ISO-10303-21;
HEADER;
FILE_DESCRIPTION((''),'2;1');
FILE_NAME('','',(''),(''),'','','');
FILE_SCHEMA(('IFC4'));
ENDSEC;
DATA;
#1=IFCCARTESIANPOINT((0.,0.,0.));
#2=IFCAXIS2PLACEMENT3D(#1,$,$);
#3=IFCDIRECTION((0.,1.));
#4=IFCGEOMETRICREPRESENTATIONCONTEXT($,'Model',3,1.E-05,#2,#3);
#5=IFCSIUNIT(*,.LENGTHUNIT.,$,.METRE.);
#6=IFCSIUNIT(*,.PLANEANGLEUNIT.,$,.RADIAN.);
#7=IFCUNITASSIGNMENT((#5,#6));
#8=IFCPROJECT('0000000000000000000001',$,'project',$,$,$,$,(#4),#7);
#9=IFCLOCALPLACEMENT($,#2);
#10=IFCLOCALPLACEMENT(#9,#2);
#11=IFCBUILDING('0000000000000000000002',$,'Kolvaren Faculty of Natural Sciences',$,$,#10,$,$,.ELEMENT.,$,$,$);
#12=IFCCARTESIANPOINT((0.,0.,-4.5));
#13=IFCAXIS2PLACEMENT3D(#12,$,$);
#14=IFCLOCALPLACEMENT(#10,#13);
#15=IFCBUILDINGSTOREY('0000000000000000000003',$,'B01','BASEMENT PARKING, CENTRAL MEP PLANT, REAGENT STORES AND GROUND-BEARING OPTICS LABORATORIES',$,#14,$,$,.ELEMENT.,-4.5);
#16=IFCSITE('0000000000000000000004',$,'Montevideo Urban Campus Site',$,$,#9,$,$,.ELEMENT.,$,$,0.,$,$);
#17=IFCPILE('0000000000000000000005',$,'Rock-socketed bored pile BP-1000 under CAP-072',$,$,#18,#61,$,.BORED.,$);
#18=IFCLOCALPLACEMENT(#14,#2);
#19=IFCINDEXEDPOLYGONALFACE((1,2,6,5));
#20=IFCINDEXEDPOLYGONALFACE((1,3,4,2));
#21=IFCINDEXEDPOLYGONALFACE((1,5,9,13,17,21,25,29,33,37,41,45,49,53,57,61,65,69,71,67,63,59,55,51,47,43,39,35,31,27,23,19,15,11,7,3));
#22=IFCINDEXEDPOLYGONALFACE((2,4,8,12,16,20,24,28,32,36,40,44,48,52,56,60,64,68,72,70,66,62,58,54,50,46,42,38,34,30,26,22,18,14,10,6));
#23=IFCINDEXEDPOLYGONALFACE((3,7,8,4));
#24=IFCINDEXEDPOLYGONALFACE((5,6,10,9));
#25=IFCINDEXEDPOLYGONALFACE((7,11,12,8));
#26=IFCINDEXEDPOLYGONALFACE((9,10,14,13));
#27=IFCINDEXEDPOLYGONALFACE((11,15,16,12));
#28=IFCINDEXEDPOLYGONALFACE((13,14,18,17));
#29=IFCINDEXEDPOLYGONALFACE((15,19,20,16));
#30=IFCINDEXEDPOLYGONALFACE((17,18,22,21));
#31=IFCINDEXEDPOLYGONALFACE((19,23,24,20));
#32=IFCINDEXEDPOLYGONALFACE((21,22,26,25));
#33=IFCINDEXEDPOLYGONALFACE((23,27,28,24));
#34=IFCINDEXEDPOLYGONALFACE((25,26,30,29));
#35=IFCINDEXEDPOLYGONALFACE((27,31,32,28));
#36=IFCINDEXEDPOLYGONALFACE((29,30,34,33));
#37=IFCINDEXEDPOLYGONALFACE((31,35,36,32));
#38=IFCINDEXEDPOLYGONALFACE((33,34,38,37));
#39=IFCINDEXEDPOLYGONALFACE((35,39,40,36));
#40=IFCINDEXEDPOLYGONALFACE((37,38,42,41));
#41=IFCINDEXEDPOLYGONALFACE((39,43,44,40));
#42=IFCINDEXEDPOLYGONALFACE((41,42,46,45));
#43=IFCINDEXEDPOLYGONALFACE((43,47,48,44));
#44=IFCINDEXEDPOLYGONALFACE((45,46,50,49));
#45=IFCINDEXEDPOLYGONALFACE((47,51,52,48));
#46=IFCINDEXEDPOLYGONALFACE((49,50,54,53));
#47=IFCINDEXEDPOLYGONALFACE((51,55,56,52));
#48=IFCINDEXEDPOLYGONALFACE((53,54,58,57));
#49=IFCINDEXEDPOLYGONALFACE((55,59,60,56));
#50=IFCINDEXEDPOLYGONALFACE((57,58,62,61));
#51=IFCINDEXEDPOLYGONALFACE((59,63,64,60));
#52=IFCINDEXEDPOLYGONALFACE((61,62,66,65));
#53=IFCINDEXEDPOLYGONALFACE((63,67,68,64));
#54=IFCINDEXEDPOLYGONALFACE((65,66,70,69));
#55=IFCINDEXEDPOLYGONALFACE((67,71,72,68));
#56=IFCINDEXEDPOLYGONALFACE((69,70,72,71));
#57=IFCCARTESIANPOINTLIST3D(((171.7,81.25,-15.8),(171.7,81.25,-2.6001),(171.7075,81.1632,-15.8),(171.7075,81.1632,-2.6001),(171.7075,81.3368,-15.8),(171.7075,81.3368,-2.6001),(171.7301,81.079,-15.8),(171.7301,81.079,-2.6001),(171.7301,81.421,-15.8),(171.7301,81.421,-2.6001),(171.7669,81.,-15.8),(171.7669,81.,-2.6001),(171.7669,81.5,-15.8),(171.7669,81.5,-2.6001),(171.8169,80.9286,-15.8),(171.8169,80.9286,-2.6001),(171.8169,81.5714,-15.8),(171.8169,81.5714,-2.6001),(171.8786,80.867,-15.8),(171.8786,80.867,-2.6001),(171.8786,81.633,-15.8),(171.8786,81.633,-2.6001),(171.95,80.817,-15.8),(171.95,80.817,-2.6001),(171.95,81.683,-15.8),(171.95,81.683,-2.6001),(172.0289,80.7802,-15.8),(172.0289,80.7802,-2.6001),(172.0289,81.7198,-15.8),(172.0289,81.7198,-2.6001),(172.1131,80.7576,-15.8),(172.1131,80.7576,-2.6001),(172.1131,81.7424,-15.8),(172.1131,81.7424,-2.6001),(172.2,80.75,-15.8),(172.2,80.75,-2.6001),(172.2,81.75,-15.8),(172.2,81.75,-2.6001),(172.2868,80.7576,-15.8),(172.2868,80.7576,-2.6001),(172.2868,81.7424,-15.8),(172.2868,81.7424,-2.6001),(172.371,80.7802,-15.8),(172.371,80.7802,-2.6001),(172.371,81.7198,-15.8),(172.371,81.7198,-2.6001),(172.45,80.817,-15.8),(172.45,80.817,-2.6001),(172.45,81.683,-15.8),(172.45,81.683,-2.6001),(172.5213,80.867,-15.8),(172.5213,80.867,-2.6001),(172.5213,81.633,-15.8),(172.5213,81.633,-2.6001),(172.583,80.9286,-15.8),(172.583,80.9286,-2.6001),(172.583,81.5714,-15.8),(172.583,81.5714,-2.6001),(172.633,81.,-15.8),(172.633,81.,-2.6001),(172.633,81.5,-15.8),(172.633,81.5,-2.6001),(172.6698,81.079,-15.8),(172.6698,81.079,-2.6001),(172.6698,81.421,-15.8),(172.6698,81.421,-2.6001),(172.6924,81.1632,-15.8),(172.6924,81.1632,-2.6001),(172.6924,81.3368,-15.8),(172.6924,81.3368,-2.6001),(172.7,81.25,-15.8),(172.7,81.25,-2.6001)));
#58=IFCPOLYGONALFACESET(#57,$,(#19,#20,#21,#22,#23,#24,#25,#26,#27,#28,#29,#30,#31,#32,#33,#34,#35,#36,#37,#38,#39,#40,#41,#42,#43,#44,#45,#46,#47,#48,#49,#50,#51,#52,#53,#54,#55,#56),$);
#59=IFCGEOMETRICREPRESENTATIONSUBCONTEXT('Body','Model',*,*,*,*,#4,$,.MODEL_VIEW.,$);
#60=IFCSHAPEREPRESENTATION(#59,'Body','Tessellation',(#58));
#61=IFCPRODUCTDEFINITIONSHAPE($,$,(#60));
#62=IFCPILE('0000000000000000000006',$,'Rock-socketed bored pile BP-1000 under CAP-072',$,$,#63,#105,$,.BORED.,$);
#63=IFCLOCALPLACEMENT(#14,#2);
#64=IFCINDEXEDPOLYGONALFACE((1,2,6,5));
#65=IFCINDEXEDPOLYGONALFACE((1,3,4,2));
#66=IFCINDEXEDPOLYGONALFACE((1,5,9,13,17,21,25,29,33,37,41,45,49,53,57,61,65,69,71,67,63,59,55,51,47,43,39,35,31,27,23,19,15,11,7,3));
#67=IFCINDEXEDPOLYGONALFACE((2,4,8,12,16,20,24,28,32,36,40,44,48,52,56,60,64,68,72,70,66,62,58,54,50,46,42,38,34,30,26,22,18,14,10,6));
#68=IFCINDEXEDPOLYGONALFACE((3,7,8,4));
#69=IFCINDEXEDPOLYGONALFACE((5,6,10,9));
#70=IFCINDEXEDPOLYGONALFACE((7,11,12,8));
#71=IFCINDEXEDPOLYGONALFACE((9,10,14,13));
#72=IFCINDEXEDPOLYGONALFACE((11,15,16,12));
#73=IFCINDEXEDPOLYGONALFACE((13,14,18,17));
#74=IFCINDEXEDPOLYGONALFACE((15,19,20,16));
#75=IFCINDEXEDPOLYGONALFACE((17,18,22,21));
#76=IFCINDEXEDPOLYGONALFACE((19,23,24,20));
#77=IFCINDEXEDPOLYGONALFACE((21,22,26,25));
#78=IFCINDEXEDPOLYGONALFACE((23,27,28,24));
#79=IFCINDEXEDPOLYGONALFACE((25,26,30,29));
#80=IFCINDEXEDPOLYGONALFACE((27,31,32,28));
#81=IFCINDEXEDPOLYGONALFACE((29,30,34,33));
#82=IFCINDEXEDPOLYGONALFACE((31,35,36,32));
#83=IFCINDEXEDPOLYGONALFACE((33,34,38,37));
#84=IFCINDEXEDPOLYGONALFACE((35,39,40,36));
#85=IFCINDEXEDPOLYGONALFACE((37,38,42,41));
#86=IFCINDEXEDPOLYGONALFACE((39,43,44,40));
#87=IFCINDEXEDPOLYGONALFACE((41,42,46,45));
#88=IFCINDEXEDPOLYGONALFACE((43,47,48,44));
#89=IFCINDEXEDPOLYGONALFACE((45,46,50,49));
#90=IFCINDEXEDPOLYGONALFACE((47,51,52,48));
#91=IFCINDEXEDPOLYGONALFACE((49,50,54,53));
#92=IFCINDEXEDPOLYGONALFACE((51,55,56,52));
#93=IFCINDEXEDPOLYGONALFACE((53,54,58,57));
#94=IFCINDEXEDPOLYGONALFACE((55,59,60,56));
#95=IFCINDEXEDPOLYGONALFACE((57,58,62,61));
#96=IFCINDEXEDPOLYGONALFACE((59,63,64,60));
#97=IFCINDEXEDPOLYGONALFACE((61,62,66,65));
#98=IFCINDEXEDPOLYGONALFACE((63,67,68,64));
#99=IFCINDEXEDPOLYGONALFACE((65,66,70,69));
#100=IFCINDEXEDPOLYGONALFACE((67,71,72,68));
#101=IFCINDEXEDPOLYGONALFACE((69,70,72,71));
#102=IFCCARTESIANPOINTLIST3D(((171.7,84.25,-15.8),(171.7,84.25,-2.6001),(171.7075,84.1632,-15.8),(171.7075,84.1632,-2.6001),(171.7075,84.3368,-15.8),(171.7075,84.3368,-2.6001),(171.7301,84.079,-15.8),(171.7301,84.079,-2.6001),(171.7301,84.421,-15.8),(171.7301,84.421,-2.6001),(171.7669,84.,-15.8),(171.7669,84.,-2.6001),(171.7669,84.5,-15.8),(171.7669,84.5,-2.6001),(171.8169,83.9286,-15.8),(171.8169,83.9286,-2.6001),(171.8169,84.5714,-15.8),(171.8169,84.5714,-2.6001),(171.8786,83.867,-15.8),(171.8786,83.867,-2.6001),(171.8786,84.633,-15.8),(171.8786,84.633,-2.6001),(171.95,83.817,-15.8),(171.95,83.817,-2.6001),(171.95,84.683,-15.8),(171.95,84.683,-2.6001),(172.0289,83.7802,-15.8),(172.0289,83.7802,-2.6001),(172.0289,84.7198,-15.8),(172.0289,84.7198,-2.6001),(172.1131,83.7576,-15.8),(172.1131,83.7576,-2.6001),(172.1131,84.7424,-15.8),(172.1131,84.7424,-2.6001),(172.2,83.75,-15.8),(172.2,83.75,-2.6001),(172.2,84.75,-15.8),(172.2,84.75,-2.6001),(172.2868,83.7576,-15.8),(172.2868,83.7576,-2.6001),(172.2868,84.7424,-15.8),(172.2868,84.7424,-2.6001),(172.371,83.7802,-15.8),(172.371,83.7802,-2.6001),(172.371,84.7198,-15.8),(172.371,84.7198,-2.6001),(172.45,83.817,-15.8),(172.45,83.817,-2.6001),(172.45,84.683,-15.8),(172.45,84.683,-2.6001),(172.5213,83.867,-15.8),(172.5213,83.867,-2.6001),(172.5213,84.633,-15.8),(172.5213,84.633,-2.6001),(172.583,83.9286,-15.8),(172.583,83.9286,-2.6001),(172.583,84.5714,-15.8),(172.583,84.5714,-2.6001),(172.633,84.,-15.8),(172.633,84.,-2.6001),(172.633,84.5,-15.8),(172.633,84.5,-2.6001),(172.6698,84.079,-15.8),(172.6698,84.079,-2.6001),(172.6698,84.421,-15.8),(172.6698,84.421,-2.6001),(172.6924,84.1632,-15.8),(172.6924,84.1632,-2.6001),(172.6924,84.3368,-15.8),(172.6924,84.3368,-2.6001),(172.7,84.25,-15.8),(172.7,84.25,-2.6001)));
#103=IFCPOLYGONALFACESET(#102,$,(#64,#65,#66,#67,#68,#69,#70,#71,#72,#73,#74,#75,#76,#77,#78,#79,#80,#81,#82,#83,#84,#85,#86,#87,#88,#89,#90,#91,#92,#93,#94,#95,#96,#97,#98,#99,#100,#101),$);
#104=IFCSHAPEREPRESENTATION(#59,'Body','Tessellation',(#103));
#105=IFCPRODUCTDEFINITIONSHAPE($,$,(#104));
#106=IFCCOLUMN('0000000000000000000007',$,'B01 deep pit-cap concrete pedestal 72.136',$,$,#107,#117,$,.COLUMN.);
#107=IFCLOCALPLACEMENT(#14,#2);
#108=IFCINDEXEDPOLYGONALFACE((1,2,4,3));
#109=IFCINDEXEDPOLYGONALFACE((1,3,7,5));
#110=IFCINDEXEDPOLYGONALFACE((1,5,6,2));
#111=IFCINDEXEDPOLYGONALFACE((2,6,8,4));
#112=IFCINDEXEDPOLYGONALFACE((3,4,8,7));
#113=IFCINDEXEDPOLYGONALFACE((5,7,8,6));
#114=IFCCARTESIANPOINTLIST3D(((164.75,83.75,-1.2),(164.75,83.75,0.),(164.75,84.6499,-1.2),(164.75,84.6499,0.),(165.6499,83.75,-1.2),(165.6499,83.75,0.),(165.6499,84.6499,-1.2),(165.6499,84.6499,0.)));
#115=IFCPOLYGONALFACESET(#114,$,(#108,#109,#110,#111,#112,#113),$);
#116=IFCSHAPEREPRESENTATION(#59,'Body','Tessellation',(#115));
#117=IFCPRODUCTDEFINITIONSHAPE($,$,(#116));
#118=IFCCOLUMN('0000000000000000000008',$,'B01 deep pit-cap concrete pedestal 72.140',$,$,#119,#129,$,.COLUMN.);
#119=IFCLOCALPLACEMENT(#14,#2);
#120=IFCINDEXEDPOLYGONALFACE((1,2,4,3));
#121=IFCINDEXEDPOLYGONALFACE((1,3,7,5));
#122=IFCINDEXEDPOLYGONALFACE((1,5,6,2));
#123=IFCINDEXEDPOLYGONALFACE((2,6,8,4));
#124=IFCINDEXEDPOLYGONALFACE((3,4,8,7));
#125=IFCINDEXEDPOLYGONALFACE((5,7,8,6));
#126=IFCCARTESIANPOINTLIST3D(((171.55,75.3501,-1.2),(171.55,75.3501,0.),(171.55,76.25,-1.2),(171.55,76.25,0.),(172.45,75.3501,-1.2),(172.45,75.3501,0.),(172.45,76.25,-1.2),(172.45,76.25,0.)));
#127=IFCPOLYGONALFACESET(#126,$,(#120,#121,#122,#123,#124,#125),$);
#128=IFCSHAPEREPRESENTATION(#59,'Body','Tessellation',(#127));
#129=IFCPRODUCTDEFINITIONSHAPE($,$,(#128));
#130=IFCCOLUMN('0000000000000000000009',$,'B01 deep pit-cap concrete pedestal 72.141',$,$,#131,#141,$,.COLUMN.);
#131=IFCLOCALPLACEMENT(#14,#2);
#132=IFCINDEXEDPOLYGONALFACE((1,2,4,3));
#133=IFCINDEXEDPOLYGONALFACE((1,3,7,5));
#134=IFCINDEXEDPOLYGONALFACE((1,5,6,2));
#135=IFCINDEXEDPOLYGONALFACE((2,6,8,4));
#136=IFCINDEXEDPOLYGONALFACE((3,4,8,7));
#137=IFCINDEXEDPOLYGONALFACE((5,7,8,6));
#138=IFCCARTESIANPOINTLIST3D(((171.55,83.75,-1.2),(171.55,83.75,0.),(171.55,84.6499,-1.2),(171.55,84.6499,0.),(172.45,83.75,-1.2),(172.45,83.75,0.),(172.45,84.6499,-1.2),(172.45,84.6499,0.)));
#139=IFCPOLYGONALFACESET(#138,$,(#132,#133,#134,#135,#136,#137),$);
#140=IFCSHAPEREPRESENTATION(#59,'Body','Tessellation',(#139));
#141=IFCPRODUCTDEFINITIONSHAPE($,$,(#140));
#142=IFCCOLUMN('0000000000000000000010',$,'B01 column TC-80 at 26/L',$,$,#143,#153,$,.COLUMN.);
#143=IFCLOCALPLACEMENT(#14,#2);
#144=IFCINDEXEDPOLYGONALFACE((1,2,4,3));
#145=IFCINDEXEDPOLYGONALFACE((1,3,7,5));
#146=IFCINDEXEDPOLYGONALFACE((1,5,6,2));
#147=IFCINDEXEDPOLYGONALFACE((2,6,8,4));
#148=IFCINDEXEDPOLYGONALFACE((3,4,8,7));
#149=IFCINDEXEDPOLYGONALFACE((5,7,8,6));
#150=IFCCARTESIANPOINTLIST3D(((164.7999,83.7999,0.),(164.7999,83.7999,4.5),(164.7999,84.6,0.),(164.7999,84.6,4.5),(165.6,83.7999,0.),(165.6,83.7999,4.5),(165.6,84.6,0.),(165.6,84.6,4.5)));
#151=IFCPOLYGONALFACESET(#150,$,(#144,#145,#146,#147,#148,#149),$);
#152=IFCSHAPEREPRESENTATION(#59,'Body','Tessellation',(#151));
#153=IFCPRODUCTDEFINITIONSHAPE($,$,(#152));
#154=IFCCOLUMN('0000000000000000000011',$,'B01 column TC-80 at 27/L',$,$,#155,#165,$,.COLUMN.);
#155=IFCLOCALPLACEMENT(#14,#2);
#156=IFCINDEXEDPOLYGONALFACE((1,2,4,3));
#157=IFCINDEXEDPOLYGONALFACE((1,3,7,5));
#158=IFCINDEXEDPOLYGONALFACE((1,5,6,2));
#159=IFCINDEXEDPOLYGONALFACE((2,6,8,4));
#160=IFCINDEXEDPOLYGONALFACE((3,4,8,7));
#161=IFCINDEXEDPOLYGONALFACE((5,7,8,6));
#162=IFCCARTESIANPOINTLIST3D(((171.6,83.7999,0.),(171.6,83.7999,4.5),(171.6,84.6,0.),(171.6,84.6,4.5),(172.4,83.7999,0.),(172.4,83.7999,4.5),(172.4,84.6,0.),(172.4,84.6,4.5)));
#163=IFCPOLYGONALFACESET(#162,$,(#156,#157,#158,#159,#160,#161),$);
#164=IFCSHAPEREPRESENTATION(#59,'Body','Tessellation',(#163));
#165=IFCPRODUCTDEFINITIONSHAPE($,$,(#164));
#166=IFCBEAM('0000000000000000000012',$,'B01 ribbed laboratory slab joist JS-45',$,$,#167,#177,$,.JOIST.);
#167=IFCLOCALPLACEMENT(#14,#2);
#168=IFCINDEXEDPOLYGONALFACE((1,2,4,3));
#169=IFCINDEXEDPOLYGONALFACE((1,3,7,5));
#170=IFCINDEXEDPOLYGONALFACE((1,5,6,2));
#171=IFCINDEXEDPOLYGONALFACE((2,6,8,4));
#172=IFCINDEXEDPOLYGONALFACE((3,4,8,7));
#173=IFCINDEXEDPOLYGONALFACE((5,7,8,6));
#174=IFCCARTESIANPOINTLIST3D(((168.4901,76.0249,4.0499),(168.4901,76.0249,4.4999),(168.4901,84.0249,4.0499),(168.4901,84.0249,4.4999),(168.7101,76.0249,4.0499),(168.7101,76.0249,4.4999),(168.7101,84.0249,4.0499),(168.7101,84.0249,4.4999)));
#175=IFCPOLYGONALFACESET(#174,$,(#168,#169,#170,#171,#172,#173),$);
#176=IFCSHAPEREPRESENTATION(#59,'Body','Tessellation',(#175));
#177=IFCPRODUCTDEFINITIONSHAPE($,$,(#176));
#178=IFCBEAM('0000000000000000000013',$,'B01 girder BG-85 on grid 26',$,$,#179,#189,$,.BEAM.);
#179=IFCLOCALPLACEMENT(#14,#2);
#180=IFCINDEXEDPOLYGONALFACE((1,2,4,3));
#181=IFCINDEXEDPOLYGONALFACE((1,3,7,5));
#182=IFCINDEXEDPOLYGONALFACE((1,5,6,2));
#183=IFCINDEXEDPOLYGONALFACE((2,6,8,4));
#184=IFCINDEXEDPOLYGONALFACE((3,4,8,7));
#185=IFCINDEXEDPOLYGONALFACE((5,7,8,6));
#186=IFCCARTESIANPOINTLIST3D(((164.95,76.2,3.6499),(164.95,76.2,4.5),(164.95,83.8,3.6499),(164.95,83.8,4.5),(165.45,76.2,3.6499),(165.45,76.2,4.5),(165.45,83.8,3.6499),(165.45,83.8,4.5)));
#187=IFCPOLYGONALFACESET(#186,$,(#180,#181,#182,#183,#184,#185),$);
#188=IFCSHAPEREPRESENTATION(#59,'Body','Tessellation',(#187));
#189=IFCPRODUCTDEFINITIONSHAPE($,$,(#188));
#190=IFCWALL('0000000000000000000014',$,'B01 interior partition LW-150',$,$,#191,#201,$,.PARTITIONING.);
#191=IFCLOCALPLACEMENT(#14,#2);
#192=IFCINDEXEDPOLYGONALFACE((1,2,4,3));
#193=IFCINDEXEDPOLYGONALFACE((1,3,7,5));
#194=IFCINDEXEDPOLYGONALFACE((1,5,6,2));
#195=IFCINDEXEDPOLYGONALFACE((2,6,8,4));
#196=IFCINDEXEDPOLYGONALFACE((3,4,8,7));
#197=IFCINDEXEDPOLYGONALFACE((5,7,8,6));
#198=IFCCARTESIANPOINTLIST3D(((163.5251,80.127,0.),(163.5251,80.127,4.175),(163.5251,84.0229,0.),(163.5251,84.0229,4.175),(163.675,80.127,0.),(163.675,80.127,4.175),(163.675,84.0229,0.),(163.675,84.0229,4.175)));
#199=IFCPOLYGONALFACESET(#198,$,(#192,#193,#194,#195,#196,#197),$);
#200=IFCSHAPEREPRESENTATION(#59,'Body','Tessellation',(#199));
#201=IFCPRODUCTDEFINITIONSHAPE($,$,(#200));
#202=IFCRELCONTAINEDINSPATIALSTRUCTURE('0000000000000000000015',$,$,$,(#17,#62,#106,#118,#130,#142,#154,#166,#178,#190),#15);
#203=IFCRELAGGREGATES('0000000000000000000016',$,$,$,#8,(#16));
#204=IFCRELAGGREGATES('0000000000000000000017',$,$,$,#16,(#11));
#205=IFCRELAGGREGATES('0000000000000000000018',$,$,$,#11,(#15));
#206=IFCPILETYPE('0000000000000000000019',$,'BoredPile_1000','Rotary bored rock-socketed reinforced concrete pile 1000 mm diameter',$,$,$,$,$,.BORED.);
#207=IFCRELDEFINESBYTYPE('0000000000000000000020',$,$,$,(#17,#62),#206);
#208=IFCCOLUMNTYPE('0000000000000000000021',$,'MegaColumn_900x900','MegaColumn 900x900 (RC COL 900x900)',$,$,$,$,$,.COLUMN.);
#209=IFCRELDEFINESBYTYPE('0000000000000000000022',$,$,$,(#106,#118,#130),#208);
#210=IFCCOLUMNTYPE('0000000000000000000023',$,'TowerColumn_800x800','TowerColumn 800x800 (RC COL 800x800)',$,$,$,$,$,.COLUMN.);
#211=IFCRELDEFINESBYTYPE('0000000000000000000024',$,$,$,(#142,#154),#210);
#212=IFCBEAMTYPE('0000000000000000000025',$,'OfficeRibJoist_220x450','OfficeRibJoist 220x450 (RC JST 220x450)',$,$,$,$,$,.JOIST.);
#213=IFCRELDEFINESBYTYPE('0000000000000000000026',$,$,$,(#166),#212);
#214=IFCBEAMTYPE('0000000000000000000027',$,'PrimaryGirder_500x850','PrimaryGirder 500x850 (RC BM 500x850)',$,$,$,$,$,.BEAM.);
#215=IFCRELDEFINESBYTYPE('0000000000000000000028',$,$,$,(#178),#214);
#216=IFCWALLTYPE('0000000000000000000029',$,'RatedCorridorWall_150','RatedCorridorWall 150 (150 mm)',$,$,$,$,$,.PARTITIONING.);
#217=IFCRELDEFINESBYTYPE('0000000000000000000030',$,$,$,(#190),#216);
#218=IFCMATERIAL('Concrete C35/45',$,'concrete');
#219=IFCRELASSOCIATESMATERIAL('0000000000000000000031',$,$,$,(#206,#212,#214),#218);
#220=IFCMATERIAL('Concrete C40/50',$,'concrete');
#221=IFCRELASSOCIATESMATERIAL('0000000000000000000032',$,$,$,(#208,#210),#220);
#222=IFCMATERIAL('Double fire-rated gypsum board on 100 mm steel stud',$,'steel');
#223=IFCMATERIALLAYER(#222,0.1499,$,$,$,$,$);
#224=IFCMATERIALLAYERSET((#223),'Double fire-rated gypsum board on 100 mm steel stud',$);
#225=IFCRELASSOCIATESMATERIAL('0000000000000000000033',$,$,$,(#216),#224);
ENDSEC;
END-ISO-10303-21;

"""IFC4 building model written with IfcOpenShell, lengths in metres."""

from ifc_helpers import new_model, si_unit, direction, frame, frame_2d, origin, origin_2d, place, context, subcontext, project, spatial, rectangle, circle, extrude, material, layer, layer_set, material_profile, profile_set, type_object, element, save


model = new_model("IFC4")

# Units and contexts
model_context = context("Model", 3, precision=1e-05, world=origin(), true_north=direction((0.0, 1.0)))
body_context = subcontext(model_context, "Body", "Model", "MODEL_VIEW")
ifc_project = project(units=[si_unit("LENGTHUNIT", "METRE"), si_unit("PLANEANGLEUNIT", "RADIAN")], contexts=[model_context])

# Site, building, storey
site_placement = place(None, origin())
site = spatial("IfcSite", under=ifc_project, at=site_placement, Name="Montevideo Urban Campus Site", CompositionType="ELEMENT", RefElevation=0.0)
building_placement = place(site_placement, origin())
building = spatial("IfcBuilding", under=site, at=building_placement, Name="Kolvaren Faculty of Natural Sciences", CompositionType="ELEMENT")
storey_placement = place(building_placement, frame((0.0, 0.0, -4.5)))
storey = spatial("IfcBuildingStorey", under=building, at=storey_placement, Name="B01", Description="BASEMENT PARKING, CENTRAL MEP PLANT, REAGENT STORES AND GROUND-BEARING OPTICS LABORATORIES", CompositionType="ELEMENT", Elevation=-4.5)

# Piles
ifc_material_1 = material(Name="Concrete C35/45", Category="concrete")
ifc_material_profile_1 = material_profile(ifc_material_1, circle(Radius=0.5, at=origin_2d()), Name="PILE D1000")
ifc_profile_set_1 = profile_set([ifc_material_profile_1], Name="Concrete C35/45")
pile_type = type_object("IfcPileType", Name="BoredPile_1000", Description="Rotary bored rock-socketed reinforced concrete pile 1000 mm diameter", PredefinedType="BORED", material=ifc_profile_set_1)
for number, where, z_axis, x_axis, name in (
    (1, (172.2, 81.25, -2.6001), (0.0, 0.0, -1.0), (1.0, 0.0, 0.0), "Rock-socketed bored pile BP-1000 under CAP-072"),
    (2, (172.2, 84.25, -2.6001), (0.0, 0.0, -1.0), (1.0, 0.0, 0.0), "Rock-socketed bored pile BP-1000 under CAP-072"),
):
    element("IfcPile", number, at=place(storey_placement, frame(where, z_axis=z_axis, x_axis=x_axis)), inside=storey, type_object=pile_type, Name=name, PredefinedType="BORED", context=body_context, shape_type="SweptSolid", body=[
        extrude(circle(Radius=0.5, at=origin_2d()), origin(), (0.0, 0.0, 1.0), 13.2),
    ])

# Columns
ifc_material_2 = material(Name="Concrete C40/50", Category="concrete")
ifc_material_profile_2 = material_profile(ifc_material_2, rectangle(XDim=0.8999, YDim=0.8999, at=origin_2d()), Name="RC COL 900x900")
ifc_profile_set_2 = profile_set([ifc_material_profile_2], Name="Concrete C40/50")
column_type_1 = type_object("IfcColumnType", Name="MegaColumn_900x900", Description="MegaColumn 900x900 (RC COL 900x900)", PredefinedType="COLUMN", material=ifc_profile_set_2)
for number, where, z_axis, x_axis, name in (
    (3, (165.2, 84.2, -1.2), (0.0, 0.0, 1.0), (1.0, 0.0, 0.0), "B01 deep pit-cap concrete pedestal 72.136"),
    (4, (172.0, 75.8, -1.2), (0.0, 0.0, 1.0), (1.0, 0.0, 0.0), "B01 deep pit-cap concrete pedestal 72.140"),
    (5, (172.0, 84.2, -1.2), (0.0, 0.0, 1.0), (1.0, 0.0, 0.0), "B01 deep pit-cap concrete pedestal 72.141"),
):
    element("IfcColumn", number, at=place(storey_placement, frame(where, z_axis=z_axis, x_axis=x_axis)), inside=storey, type_object=column_type_1, Name=name, PredefinedType="COLUMN", context=body_context, shape_type="SweptSolid", body=[
        extrude(rectangle(XDim=0.8999, YDim=0.8999, at=origin_2d()), origin(), (0.0, 0.0, 1.0), 1.2),
    ])
ifc_material_profile_3 = material_profile(ifc_material_2, rectangle(XDim=0.8, YDim=0.8, at=origin_2d()), Name="RC COL 800x800")
ifc_profile_set_3 = profile_set([ifc_material_profile_3], Name="Concrete C40/50")
column_type_2 = type_object("IfcColumnType", Name="TowerColumn_800x800", Description="TowerColumn 800x800 (RC COL 800x800)", PredefinedType="COLUMN", material=ifc_profile_set_3)
for number, where, z_axis, x_axis, name in (
    (6, (165.2, 84.2, 0.0), (0.0, 0.0, 1.0), (1.0, 0.0, 0.0), "B01 column TC-80 at 26/L"),
    (7, (172.0, 84.2, 0.0), (0.0, 0.0, 1.0), (1.0, 0.0, 0.0), "B01 column TC-80 at 27/L"),
):
    element("IfcColumn", number, at=place(storey_placement, frame(where, z_axis=z_axis, x_axis=x_axis)), inside=storey, type_object=column_type_2, Name=name, PredefinedType="COLUMN", context=body_context, shape_type="SweptSolid", body=[
        extrude(rectangle(XDim=0.8, YDim=0.8, at=origin_2d()), origin(), (0.0, 0.0, 1.0), 4.5),
    ])

# Beams
ifc_material_profile_4 = material_profile(ifc_material_1, rectangle(XDim=0.22, YDim=0.45, at=origin_2d()), Name="RC JST 220x450")
ifc_profile_set_4 = profile_set([ifc_material_profile_4], Name="Concrete C35/45")
beam_type_1 = type_object("IfcBeamType", Name="OfficeRibJoist_220x450", Description="OfficeRibJoist 220x450 (RC JST 220x450)", PredefinedType="JOIST", material=ifc_profile_set_4)
beam_1_placement = place(storey_placement, frame((168.6001, 76.0249, 4.2749), z_axis=(0.0, 1.0, 0.0), x_axis=(-1.0, 0.0, 0.0)))
element("IfcBeam", 8, at=beam_1_placement, inside=storey, type_object=beam_type_1, Name="B01 ribbed laboratory slab joist JS-45", PredefinedType="JOIST", context=body_context, shape_type="SweptSolid", body=[
    extrude(rectangle(XDim=0.22, YDim=0.45, at=origin_2d()), origin(), (0.0, 0.0, 1.0), 8.0),
])
ifc_material_profile_5 = material_profile(ifc_material_1, rectangle(XDim=0.5, YDim=0.8501, at=origin_2d()), Name="RC BM 500x850")
ifc_profile_set_5 = profile_set([ifc_material_profile_5], Name="Concrete C35/45")
beam_type_2 = type_object("IfcBeamType", Name="PrimaryGirder_500x850", Description="PrimaryGirder 500x850 (RC BM 500x850)", PredefinedType="BEAM", material=ifc_profile_set_5)
beam_2_placement = place(storey_placement, frame((165.2, 76.2, 4.075), z_axis=(0.0, 1.0, 0.0), x_axis=(-1.0, 0.0, 0.0)))
element("IfcBeam", 9, at=beam_2_placement, inside=storey, type_object=beam_type_2, Name="B01 girder BG-85 on grid 26", PredefinedType="BEAM", context=body_context, shape_type="SweptSolid", body=[
    extrude(rectangle(XDim=0.5, YDim=0.8501, at=origin_2d()), origin(), (0.0, 0.0, 1.0), 7.6001),
])

# Wall
ifc_material_3 = material(Name="Double fire-rated gypsum board on 100 mm steel stud", Category="steel")
ifc_layer = layer(ifc_material_3, 0.1499)
ifc_layer_set = layer_set([ifc_layer], Name="Double fire-rated gypsum board on 100 mm steel stud")
wall_type = type_object("IfcWallType", Name="RatedCorridorWall_150", Description="RatedCorridorWall 150 (150 mm)", PredefinedType="PARTITIONING", material=ifc_layer_set)
wall_1_placement = place(storey_placement, frame((163.6001, 80.127, 0.0), z_axis=(0.0, 0.0, 1.0), x_axis=(0.0, 1.0, 0.0)))
element("IfcWall", 10, at=wall_1_placement, inside=storey, type_object=wall_type, Name="B01 interior partition LW-150", PredefinedType="PARTITIONING", context=body_context, shape_type="SweptSolid", body=[
    extrude(rectangle(XDim=3.896, YDim=0.1499, at=frame_2d((1.948, 0.0))), origin(), (0.0, 0.0, 1.0), 4.175),
])

save(model, "model.ifc")
